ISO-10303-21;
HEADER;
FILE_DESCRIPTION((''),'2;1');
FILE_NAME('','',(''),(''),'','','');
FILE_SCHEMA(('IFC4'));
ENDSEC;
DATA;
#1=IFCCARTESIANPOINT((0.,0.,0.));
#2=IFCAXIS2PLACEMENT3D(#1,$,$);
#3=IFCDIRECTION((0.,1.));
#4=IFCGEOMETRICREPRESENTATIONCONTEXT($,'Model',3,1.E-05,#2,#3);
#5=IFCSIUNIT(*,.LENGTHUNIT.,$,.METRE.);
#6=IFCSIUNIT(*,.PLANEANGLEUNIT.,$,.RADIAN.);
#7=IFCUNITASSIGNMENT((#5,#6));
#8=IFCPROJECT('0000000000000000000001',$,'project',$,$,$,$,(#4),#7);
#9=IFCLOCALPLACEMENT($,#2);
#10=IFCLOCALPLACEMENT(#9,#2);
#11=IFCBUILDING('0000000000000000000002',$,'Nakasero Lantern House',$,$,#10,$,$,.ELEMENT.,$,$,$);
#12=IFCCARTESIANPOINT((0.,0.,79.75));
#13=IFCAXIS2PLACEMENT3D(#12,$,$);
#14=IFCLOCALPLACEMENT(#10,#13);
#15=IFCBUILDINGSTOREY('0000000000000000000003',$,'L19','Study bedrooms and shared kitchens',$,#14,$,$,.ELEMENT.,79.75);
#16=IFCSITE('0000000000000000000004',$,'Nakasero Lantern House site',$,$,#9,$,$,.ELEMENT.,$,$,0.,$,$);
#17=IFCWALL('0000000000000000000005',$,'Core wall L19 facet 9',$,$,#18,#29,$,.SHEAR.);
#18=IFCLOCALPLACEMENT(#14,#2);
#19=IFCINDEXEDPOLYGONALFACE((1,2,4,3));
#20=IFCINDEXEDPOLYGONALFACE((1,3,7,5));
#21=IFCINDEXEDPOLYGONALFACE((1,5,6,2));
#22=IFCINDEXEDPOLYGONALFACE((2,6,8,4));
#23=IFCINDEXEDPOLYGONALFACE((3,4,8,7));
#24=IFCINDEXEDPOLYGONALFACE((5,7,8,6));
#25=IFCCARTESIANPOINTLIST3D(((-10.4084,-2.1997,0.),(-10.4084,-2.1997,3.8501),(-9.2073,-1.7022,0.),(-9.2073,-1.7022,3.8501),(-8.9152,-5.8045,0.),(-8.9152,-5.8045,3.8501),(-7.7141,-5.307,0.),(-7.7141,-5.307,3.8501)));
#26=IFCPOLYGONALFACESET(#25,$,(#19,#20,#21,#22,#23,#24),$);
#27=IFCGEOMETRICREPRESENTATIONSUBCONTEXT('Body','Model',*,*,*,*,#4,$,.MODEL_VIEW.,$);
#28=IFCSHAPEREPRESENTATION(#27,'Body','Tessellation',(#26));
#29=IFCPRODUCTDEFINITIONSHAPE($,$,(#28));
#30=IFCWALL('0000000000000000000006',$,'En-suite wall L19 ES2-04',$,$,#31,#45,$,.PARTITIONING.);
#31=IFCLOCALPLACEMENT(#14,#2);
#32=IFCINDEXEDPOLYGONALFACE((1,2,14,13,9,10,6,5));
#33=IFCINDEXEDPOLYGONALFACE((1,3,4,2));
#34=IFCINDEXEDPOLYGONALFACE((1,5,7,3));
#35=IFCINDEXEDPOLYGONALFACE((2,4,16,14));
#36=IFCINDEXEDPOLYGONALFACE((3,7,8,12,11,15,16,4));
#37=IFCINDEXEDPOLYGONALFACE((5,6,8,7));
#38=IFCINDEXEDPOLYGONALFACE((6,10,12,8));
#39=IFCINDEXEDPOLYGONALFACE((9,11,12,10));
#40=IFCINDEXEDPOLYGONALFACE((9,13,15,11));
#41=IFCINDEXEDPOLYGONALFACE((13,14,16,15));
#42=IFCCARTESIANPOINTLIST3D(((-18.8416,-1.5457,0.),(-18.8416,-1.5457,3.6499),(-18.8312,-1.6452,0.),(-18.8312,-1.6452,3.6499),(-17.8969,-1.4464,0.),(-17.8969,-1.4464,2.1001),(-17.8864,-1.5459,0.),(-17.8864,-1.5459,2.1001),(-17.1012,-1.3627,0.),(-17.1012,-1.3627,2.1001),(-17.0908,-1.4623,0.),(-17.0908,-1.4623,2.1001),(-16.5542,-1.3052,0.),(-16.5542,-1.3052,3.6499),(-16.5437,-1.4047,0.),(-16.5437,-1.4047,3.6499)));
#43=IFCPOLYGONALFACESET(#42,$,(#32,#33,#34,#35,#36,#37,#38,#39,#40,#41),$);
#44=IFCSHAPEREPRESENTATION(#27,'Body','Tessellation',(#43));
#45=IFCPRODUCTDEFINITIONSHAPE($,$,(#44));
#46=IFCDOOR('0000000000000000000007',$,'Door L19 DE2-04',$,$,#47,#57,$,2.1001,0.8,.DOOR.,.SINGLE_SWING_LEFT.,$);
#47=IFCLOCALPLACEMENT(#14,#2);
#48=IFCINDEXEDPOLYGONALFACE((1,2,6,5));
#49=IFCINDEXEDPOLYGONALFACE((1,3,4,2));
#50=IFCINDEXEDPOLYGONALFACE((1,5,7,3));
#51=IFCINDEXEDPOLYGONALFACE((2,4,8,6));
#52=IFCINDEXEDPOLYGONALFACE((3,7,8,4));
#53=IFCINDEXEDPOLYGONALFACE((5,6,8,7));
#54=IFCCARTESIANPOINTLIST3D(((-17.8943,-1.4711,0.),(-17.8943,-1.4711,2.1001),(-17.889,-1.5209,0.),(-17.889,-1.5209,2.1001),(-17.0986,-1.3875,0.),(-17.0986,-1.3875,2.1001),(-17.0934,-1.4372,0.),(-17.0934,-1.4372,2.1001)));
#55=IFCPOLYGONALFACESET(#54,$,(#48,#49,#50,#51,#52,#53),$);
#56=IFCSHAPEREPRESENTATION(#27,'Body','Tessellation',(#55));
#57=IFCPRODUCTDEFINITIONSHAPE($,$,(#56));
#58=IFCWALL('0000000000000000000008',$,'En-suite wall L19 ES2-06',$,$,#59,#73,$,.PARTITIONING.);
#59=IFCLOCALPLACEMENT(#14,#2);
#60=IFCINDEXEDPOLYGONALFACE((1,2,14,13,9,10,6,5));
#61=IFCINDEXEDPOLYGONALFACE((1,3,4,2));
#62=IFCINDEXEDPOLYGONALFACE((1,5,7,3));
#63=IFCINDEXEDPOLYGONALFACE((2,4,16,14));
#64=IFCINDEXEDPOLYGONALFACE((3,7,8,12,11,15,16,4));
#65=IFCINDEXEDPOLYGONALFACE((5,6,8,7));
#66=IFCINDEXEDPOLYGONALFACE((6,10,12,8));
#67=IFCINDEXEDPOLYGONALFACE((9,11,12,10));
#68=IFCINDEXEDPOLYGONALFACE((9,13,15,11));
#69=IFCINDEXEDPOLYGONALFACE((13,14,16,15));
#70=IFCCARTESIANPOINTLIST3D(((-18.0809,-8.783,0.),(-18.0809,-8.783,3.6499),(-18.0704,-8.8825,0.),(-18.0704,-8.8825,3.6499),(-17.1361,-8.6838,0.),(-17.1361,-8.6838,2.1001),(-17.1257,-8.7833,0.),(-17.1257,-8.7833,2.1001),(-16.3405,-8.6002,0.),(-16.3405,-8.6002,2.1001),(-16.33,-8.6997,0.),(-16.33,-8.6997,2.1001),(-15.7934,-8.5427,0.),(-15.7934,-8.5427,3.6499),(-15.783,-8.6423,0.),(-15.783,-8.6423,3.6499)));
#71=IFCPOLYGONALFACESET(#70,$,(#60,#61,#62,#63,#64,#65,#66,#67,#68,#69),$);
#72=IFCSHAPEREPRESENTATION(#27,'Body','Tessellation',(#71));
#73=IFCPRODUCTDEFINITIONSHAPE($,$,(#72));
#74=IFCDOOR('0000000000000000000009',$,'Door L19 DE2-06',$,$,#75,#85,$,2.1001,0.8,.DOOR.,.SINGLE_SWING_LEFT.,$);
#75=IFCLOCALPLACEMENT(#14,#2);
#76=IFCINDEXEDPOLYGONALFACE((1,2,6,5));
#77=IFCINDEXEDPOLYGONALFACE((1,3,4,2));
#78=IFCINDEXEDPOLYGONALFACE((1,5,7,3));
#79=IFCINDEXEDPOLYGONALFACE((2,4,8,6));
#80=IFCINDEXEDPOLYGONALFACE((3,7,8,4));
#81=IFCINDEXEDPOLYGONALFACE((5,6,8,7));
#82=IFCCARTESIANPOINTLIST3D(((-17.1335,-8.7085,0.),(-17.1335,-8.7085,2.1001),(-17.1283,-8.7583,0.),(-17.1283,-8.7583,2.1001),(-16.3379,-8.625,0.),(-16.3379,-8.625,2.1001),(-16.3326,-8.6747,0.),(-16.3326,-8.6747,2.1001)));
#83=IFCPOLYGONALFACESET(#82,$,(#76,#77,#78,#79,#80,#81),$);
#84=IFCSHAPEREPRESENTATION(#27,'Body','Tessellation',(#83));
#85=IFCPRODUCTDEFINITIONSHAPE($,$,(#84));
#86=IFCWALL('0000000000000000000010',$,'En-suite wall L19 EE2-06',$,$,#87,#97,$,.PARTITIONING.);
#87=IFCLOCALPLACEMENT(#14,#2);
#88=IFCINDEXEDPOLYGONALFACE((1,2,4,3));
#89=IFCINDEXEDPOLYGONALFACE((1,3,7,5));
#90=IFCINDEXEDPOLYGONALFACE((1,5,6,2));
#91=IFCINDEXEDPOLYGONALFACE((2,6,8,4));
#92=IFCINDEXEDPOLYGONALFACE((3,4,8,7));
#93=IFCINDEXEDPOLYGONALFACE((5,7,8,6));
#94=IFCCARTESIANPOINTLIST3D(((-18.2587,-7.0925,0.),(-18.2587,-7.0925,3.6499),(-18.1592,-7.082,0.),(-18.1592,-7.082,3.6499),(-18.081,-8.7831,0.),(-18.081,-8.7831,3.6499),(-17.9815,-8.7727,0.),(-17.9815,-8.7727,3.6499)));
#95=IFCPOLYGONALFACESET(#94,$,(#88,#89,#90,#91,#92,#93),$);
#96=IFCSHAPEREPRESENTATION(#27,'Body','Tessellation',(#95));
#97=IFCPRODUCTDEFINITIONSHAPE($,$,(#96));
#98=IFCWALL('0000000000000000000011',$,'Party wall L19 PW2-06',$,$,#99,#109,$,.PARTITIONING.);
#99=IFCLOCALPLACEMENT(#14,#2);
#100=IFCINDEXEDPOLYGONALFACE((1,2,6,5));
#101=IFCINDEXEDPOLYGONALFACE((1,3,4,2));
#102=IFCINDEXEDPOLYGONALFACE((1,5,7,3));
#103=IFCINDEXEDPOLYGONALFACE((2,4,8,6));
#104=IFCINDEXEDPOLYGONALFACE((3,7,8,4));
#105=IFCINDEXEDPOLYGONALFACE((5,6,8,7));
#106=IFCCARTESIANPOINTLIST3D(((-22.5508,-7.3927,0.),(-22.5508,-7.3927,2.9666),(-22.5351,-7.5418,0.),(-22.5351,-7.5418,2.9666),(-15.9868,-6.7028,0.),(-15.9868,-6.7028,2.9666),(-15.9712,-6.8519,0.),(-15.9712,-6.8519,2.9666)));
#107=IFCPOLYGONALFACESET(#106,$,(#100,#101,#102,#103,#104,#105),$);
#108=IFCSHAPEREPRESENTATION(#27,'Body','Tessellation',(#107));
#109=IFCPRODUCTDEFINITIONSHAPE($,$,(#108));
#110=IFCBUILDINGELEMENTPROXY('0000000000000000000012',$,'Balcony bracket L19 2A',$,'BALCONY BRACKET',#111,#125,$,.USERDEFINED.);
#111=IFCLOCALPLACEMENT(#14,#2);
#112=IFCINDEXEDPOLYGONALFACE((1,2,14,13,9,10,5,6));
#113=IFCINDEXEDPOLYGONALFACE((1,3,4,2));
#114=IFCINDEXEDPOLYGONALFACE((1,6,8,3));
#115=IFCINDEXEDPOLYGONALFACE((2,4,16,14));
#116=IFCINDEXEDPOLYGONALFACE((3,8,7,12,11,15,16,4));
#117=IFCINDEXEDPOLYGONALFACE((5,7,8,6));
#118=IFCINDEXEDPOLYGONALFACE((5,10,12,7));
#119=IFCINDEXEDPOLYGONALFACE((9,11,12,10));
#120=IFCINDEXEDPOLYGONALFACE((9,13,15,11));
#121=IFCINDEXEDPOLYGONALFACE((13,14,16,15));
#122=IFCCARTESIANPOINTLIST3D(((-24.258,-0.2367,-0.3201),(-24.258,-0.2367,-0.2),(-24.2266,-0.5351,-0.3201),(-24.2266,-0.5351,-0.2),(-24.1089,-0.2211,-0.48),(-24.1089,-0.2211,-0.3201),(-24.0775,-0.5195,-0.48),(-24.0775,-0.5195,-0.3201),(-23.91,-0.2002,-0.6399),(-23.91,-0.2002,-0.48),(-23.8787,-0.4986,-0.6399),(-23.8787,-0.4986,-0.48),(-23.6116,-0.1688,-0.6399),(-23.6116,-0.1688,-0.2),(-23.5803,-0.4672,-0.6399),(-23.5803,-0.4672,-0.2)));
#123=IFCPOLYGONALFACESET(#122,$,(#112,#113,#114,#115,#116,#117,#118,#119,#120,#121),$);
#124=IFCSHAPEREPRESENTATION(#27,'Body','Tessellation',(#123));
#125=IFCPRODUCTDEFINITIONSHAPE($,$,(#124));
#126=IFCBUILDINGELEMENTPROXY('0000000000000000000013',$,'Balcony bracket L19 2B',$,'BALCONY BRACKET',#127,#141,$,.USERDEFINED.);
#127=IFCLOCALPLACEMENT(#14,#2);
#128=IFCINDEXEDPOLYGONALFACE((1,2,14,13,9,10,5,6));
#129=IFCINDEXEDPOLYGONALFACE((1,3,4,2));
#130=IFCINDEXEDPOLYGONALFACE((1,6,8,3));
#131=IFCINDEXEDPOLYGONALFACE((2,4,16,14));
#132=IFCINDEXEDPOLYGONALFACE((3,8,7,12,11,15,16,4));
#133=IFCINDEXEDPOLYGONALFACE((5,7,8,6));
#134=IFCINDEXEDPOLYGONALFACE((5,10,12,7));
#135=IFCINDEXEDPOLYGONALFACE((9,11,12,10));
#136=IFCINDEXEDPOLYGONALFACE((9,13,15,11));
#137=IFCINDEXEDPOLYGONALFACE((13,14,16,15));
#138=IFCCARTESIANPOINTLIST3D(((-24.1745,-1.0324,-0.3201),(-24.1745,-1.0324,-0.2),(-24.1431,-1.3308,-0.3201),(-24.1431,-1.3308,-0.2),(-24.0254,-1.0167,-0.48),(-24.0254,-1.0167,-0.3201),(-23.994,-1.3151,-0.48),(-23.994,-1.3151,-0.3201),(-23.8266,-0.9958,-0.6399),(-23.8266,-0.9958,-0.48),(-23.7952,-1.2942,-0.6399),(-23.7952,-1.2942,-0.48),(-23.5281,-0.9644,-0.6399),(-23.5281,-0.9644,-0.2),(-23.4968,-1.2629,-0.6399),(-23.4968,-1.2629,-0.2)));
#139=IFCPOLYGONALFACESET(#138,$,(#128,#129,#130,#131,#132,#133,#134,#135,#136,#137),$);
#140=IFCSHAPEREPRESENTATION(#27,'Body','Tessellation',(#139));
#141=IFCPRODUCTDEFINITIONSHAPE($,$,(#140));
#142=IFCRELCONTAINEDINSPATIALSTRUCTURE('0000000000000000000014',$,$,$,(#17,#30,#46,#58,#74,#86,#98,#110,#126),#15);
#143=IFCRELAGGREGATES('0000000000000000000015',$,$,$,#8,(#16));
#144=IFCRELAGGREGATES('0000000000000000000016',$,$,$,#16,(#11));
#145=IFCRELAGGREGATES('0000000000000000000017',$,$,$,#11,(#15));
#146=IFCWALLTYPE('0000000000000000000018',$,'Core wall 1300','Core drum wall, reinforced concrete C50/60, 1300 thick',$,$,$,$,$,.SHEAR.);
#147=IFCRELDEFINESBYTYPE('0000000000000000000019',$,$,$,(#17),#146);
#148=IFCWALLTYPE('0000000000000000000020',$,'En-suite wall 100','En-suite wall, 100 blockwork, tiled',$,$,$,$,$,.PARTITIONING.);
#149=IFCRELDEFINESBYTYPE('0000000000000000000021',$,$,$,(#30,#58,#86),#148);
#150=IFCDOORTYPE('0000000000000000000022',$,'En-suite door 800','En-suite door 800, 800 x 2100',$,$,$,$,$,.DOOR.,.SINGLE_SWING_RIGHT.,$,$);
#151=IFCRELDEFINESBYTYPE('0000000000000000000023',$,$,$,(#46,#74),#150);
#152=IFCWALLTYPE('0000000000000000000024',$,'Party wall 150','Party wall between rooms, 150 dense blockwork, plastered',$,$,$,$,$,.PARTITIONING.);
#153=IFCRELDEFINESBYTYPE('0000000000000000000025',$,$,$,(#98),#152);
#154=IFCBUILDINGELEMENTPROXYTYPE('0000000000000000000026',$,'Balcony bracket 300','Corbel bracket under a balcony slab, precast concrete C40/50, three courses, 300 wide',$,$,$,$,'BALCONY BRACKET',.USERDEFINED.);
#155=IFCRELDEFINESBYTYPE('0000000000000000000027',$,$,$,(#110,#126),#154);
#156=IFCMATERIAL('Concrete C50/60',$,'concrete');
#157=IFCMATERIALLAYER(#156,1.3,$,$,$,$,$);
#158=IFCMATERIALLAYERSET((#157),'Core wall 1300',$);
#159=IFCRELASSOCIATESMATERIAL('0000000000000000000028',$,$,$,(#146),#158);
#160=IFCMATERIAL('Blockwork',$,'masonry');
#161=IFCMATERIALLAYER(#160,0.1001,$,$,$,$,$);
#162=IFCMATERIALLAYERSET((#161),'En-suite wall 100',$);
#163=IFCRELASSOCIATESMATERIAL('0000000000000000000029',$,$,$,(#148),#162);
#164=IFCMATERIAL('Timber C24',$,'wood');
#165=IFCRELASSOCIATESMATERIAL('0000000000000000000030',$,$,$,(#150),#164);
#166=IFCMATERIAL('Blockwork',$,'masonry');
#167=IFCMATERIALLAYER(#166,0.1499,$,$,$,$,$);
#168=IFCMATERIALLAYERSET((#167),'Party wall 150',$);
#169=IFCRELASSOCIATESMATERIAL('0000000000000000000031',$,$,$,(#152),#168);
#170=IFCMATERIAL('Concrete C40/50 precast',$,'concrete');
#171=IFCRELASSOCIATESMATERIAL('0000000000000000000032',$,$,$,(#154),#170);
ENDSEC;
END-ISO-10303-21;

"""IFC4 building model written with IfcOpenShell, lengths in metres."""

from ifc_helpers import new_model, si_unit, direction, frame, frame_2d, origin, place, context, subcontext, project, spatial, polyline, rectangle, outline, extrude, material, layer, layer_set, type_object, element, fill, save


model = new_model("IFC4")

# Units and contexts
model_context = context("Model", 3, precision=1e-05, world=origin(), true_north=direction((0.0, 1.0)))
body_context = subcontext(model_context, "Body", "Model", "MODEL_VIEW")
ifc_project = project(units=[si_unit("LENGTHUNIT", "METRE"), si_unit("PLANEANGLEUNIT", "RADIAN")], contexts=[model_context])

# Site, building, storey
site_placement = place(None, origin())
site = spatial("IfcSite", under=ifc_project, at=site_placement, Name="Nakasero Lantern House site", CompositionType="ELEMENT", RefElevation=0.0)
building_placement = place(site_placement, origin())
building = spatial("IfcBuilding", under=site, at=building_placement, Name="Nakasero Lantern House", CompositionType="ELEMENT")
storey_placement = place(building_placement, frame((0.0, 0.0, 79.75)))
storey = spatial("IfcBuildingStorey", under=building, at=storey_placement, Name="L19", Description="Study bedrooms and shared kitchens", CompositionType="ELEMENT", Elevation=79.75)

# Wall
ifc_material_1 = material(Name="Concrete C50/60", Category="concrete")
ifc_layer_1 = layer(ifc_material_1, 1.3)
ifc_layer_set_1 = layer_set([ifc_layer_1], Name="Core wall 1300")
wall_type_1 = type_object("IfcWallType", Name="Core wall 1300", Description="Core drum wall, reinforced concrete C50/60, 1300 thick", PredefinedType="SHEAR", material=ifc_layer_set_1)
wall_1_placement = place(storey_placement, frame((-9.8079, -1.9509, 0.0), z_axis=(0.0, 0.0, 1.0), x_axis=(0.382691, -0.923877, 0.0)))
element("IfcWall", 1, at=wall_1_placement, inside=storey, type_object=wall_type_1, Name="Core wall L19 facet 9", PredefinedType="SHEAR", context=body_context, shape_type="SweptSolid", body=[
    extrude(rectangle(XDim=3.9019, YDim=1.3, at=frame_2d((1.9509, 0.0))), origin(), (0.0, 0.0, 1.0), 3.8501),
])

# Walls, openings, doors
ifc_material_2 = material(Name="Blockwork", Category="masonry")
ifc_layer_2 = layer(ifc_material_2, 0.1001)
ifc_layer_set_2 = layer_set([ifc_layer_2], Name="En-suite wall 100")
wall_type_2 = type_object("IfcWallType", Name="En-suite wall 100", Description="En-suite wall, 100 blockwork, tiled", PredefinedType="PARTITIONING", material=ifc_layer_set_2)
wall_2_placement = place(storey_placement, frame((-16.5491, -1.355, 0.0), z_axis=(0.0, 0.0, 1.0), x_axis=(-0.994519, -0.104558, 0.0)))
wall_2 = element("IfcWall", 2, at=wall_2_placement, inside=storey, type_object=wall_type_2, Name="En-suite wall L19 ES2-04", PredefinedType="PARTITIONING", context=body_context, shape_type="SweptSolid", body=[
    extrude(rectangle(XDim=2.3, YDim=0.1001, at=frame_2d((1.1499, 0.0))), origin(), (0.0, 0.0, 1.0), 3.6499),
])
opening_1_placement = place(wall_2_placement, frame((0.55, 0.0, 0.0)))
opening_1 = element("IfcOpeningElement", 3, at=opening_1_placement, cuts=wall_2, PredefinedType="OPENING", context=body_context, shape_type="SweptSolid", body=[
    extrude(rectangle(XDim=0.8, YDim=2.1001, at=frame_2d((0.3999, 1.05))), frame((0.0, 0.0701, 0.0), z_axis=(0.0, -1.0, 0.0), x_axis=(1.0, 0.0, 0.0)), (0.0, 0.0, 1.0), 0.1401),
])
ifc_material_3 = material(Name="Timber C24", Category="wood")
door_type = type_object("IfcDoorType", Name="En-suite door 800", Description="En-suite door 800, 800 x 2100", OperationType="SINGLE_SWING_RIGHT", PredefinedType="DOOR", material=ifc_material_3)
door_1_placement = place(opening_1_placement, origin())
door_1 = element("IfcDoor", 4, at=door_1_placement, inside=storey, type_object=door_type, Name="Door L19 DE2-04", OperationType="SINGLE_SWING_LEFT", OverallHeight=2.1001, OverallWidth=0.8, PredefinedType="DOOR", context=body_context, shape_type="SweptSolid", body=[
    extrude(rectangle(XDim=0.8, YDim=2.1001, at=frame_2d((0.3999, 1.05))), frame((0.0, 0.0249, 0.0), z_axis=(0.0, -1.0, 0.0), x_axis=(1.0, 0.0, 0.0)), (0.0, 0.0, 1.0), 0.05),
])
fill(opening_1, door_1)
wall_3_placement = place(storey_placement, frame((-15.7883, -8.5925, 0.0), z_axis=(0.0, 0.0, 1.0), x_axis=(-0.99453, -0.104453, 0.0)))
wall_3 = element("IfcWall", 5, at=wall_3_placement, inside=storey, type_object=wall_type_2, Name="En-suite wall L19 ES2-06", PredefinedType="PARTITIONING", context=body_context, shape_type="SweptSolid", body=[
    extrude(rectangle(XDim=2.3, YDim=0.1001, at=frame_2d((1.1499, 0.0))), origin(), (0.0, 0.0, 1.0), 3.6499),
])
opening_2_placement = place(wall_3_placement, frame((0.55, 0.0, 0.0)))
opening_2 = element("IfcOpeningElement", 6, at=opening_2_placement, cuts=wall_3, PredefinedType="OPENING", context=body_context, shape_type="SweptSolid", body=[
    extrude(rectangle(XDim=0.8, YDim=2.1001, at=frame_2d((0.3999, 1.05))), frame((0.0, 0.0701, 0.0), z_axis=(0.0, -1.0, 0.0), x_axis=(1.0, 0.0, 0.0)), (0.0, 0.0, 1.0), 0.1401),
])
door_2_placement = place(opening_2_placement, origin())
door_2 = element("IfcDoor", 7, at=door_2_placement, inside=storey, type_object=door_type, Name="Door L19 DE2-06", OperationType="SINGLE_SWING_LEFT", OverallHeight=2.1001, OverallWidth=0.8, PredefinedType="DOOR", context=body_context, shape_type="SweptSolid", body=[
    extrude(rectangle(XDim=0.8, YDim=2.1001, at=frame_2d((0.3999, 1.05))), frame((0.0, 0.0249, 0.0), z_axis=(0.0, -1.0, 0.0), x_axis=(1.0, 0.0, 0.0)), (0.0, 0.0, 1.0), 0.05),
])
fill(opening_2, door_2)

# Walls
wall_4_placement = place(storey_placement, frame((-18.209, -7.0872, 0.0), z_axis=(0.0, 0.0, 1.0), x_axis=(0.10455, -0.99452, 0.0)))
element("IfcWall", 8, at=wall_4_placement, inside=storey, type_object=wall_type_2, Name="En-suite wall L19 EE2-06", PredefinedType="PARTITIONING", context=body_context, shape_type="SweptSolid", body=[
    extrude(rectangle(XDim=1.7, YDim=0.1001, at=frame_2d((0.8501, 0.0))), origin(), (0.0, 0.0, 1.0), 3.6499),
])
ifc_material_4 = material(Name="Blockwork", Category="masonry")
ifc_layer_3 = layer(ifc_material_4, 0.1499)
ifc_layer_set_3 = layer_set([ifc_layer_3], Name="Party wall 150")
wall_type_3 = type_object("IfcWallType", Name="Party wall 150", Description="Party wall between rooms, 150 dense blockwork, plastered", PredefinedType="PARTITIONING", material=ifc_layer_set_3)
wall_5_placement = place(storey_placement, frame((-15.979, -6.7773, 0.0), z_axis=(0.0, 0.0, 1.0), x_axis=(-0.994521, -0.104535, 0.0)))
element("IfcWall", 9, at=wall_5_placement, inside=storey, type_object=wall_type_3, Name="Party wall L19 PW2-06", PredefinedType="PARTITIONING", context=body_context, shape_type="SweptSolid", body=[
    extrude(rectangle(XDim=6.6001, YDim=0.1499, at=frame_2d((3.3, 0.0))), origin(), (0.0, 0.0, 1.0), 2.9666),
])

# Building element proxies
ifc_material_5 = material(Name="Concrete C40/50 precast", Category="concrete")
building_element_proxy_type = type_object("IfcBuildingElementProxyType", Name="Balcony bracket 300", Description="Corbel bracket under a balcony slab, precast concrete C40/50, three courses, 300 wide", ElementType="BALCONY BRACKET", PredefinedType="USERDEFINED", material=ifc_material_5)
for number, where, z_axis, x_axis, name in (
    (10, (-23.5959, -0.3181, -0.2), (0.0, 0.0, 1.0), (-0.994522, -0.104528, 0.0), "Balcony bracket L19 2A"),
    (11, (-23.5125, -1.1138, -0.2), (0.0, 0.0, 1.0), (-0.994522, -0.104528, 0.0), "Balcony bracket L19 2B"),
):
    element("IfcBuildingElementProxy", number, at=place(storey_placement, frame(where, z_axis=z_axis, x_axis=x_axis)), inside=storey, type_object=building_element_proxy_type, Name=name, ObjectType="BALCONY BRACKET", PredefinedType="USERDEFINED", context=body_context, shape_type="SweptSolid", body=[
        extrude(outline(polyline([(0.0, 0.0), (0.6499, 0.0), (0.6499, -0.1201), (0.5, -0.1201), (0.5, -0.28), (0.3, -0.28), (0.3, -0.4399), (0.0, -0.4399), (0.0, 0.0)])), frame((0.0, 0.1499, 0.0), z_axis=(0.0, -1.0, 0.0), x_axis=(1.0, 0.0, 0.0)), (0.0, 0.0, 1.0), 0.3),
    ])

save(model, "model.ifc")
